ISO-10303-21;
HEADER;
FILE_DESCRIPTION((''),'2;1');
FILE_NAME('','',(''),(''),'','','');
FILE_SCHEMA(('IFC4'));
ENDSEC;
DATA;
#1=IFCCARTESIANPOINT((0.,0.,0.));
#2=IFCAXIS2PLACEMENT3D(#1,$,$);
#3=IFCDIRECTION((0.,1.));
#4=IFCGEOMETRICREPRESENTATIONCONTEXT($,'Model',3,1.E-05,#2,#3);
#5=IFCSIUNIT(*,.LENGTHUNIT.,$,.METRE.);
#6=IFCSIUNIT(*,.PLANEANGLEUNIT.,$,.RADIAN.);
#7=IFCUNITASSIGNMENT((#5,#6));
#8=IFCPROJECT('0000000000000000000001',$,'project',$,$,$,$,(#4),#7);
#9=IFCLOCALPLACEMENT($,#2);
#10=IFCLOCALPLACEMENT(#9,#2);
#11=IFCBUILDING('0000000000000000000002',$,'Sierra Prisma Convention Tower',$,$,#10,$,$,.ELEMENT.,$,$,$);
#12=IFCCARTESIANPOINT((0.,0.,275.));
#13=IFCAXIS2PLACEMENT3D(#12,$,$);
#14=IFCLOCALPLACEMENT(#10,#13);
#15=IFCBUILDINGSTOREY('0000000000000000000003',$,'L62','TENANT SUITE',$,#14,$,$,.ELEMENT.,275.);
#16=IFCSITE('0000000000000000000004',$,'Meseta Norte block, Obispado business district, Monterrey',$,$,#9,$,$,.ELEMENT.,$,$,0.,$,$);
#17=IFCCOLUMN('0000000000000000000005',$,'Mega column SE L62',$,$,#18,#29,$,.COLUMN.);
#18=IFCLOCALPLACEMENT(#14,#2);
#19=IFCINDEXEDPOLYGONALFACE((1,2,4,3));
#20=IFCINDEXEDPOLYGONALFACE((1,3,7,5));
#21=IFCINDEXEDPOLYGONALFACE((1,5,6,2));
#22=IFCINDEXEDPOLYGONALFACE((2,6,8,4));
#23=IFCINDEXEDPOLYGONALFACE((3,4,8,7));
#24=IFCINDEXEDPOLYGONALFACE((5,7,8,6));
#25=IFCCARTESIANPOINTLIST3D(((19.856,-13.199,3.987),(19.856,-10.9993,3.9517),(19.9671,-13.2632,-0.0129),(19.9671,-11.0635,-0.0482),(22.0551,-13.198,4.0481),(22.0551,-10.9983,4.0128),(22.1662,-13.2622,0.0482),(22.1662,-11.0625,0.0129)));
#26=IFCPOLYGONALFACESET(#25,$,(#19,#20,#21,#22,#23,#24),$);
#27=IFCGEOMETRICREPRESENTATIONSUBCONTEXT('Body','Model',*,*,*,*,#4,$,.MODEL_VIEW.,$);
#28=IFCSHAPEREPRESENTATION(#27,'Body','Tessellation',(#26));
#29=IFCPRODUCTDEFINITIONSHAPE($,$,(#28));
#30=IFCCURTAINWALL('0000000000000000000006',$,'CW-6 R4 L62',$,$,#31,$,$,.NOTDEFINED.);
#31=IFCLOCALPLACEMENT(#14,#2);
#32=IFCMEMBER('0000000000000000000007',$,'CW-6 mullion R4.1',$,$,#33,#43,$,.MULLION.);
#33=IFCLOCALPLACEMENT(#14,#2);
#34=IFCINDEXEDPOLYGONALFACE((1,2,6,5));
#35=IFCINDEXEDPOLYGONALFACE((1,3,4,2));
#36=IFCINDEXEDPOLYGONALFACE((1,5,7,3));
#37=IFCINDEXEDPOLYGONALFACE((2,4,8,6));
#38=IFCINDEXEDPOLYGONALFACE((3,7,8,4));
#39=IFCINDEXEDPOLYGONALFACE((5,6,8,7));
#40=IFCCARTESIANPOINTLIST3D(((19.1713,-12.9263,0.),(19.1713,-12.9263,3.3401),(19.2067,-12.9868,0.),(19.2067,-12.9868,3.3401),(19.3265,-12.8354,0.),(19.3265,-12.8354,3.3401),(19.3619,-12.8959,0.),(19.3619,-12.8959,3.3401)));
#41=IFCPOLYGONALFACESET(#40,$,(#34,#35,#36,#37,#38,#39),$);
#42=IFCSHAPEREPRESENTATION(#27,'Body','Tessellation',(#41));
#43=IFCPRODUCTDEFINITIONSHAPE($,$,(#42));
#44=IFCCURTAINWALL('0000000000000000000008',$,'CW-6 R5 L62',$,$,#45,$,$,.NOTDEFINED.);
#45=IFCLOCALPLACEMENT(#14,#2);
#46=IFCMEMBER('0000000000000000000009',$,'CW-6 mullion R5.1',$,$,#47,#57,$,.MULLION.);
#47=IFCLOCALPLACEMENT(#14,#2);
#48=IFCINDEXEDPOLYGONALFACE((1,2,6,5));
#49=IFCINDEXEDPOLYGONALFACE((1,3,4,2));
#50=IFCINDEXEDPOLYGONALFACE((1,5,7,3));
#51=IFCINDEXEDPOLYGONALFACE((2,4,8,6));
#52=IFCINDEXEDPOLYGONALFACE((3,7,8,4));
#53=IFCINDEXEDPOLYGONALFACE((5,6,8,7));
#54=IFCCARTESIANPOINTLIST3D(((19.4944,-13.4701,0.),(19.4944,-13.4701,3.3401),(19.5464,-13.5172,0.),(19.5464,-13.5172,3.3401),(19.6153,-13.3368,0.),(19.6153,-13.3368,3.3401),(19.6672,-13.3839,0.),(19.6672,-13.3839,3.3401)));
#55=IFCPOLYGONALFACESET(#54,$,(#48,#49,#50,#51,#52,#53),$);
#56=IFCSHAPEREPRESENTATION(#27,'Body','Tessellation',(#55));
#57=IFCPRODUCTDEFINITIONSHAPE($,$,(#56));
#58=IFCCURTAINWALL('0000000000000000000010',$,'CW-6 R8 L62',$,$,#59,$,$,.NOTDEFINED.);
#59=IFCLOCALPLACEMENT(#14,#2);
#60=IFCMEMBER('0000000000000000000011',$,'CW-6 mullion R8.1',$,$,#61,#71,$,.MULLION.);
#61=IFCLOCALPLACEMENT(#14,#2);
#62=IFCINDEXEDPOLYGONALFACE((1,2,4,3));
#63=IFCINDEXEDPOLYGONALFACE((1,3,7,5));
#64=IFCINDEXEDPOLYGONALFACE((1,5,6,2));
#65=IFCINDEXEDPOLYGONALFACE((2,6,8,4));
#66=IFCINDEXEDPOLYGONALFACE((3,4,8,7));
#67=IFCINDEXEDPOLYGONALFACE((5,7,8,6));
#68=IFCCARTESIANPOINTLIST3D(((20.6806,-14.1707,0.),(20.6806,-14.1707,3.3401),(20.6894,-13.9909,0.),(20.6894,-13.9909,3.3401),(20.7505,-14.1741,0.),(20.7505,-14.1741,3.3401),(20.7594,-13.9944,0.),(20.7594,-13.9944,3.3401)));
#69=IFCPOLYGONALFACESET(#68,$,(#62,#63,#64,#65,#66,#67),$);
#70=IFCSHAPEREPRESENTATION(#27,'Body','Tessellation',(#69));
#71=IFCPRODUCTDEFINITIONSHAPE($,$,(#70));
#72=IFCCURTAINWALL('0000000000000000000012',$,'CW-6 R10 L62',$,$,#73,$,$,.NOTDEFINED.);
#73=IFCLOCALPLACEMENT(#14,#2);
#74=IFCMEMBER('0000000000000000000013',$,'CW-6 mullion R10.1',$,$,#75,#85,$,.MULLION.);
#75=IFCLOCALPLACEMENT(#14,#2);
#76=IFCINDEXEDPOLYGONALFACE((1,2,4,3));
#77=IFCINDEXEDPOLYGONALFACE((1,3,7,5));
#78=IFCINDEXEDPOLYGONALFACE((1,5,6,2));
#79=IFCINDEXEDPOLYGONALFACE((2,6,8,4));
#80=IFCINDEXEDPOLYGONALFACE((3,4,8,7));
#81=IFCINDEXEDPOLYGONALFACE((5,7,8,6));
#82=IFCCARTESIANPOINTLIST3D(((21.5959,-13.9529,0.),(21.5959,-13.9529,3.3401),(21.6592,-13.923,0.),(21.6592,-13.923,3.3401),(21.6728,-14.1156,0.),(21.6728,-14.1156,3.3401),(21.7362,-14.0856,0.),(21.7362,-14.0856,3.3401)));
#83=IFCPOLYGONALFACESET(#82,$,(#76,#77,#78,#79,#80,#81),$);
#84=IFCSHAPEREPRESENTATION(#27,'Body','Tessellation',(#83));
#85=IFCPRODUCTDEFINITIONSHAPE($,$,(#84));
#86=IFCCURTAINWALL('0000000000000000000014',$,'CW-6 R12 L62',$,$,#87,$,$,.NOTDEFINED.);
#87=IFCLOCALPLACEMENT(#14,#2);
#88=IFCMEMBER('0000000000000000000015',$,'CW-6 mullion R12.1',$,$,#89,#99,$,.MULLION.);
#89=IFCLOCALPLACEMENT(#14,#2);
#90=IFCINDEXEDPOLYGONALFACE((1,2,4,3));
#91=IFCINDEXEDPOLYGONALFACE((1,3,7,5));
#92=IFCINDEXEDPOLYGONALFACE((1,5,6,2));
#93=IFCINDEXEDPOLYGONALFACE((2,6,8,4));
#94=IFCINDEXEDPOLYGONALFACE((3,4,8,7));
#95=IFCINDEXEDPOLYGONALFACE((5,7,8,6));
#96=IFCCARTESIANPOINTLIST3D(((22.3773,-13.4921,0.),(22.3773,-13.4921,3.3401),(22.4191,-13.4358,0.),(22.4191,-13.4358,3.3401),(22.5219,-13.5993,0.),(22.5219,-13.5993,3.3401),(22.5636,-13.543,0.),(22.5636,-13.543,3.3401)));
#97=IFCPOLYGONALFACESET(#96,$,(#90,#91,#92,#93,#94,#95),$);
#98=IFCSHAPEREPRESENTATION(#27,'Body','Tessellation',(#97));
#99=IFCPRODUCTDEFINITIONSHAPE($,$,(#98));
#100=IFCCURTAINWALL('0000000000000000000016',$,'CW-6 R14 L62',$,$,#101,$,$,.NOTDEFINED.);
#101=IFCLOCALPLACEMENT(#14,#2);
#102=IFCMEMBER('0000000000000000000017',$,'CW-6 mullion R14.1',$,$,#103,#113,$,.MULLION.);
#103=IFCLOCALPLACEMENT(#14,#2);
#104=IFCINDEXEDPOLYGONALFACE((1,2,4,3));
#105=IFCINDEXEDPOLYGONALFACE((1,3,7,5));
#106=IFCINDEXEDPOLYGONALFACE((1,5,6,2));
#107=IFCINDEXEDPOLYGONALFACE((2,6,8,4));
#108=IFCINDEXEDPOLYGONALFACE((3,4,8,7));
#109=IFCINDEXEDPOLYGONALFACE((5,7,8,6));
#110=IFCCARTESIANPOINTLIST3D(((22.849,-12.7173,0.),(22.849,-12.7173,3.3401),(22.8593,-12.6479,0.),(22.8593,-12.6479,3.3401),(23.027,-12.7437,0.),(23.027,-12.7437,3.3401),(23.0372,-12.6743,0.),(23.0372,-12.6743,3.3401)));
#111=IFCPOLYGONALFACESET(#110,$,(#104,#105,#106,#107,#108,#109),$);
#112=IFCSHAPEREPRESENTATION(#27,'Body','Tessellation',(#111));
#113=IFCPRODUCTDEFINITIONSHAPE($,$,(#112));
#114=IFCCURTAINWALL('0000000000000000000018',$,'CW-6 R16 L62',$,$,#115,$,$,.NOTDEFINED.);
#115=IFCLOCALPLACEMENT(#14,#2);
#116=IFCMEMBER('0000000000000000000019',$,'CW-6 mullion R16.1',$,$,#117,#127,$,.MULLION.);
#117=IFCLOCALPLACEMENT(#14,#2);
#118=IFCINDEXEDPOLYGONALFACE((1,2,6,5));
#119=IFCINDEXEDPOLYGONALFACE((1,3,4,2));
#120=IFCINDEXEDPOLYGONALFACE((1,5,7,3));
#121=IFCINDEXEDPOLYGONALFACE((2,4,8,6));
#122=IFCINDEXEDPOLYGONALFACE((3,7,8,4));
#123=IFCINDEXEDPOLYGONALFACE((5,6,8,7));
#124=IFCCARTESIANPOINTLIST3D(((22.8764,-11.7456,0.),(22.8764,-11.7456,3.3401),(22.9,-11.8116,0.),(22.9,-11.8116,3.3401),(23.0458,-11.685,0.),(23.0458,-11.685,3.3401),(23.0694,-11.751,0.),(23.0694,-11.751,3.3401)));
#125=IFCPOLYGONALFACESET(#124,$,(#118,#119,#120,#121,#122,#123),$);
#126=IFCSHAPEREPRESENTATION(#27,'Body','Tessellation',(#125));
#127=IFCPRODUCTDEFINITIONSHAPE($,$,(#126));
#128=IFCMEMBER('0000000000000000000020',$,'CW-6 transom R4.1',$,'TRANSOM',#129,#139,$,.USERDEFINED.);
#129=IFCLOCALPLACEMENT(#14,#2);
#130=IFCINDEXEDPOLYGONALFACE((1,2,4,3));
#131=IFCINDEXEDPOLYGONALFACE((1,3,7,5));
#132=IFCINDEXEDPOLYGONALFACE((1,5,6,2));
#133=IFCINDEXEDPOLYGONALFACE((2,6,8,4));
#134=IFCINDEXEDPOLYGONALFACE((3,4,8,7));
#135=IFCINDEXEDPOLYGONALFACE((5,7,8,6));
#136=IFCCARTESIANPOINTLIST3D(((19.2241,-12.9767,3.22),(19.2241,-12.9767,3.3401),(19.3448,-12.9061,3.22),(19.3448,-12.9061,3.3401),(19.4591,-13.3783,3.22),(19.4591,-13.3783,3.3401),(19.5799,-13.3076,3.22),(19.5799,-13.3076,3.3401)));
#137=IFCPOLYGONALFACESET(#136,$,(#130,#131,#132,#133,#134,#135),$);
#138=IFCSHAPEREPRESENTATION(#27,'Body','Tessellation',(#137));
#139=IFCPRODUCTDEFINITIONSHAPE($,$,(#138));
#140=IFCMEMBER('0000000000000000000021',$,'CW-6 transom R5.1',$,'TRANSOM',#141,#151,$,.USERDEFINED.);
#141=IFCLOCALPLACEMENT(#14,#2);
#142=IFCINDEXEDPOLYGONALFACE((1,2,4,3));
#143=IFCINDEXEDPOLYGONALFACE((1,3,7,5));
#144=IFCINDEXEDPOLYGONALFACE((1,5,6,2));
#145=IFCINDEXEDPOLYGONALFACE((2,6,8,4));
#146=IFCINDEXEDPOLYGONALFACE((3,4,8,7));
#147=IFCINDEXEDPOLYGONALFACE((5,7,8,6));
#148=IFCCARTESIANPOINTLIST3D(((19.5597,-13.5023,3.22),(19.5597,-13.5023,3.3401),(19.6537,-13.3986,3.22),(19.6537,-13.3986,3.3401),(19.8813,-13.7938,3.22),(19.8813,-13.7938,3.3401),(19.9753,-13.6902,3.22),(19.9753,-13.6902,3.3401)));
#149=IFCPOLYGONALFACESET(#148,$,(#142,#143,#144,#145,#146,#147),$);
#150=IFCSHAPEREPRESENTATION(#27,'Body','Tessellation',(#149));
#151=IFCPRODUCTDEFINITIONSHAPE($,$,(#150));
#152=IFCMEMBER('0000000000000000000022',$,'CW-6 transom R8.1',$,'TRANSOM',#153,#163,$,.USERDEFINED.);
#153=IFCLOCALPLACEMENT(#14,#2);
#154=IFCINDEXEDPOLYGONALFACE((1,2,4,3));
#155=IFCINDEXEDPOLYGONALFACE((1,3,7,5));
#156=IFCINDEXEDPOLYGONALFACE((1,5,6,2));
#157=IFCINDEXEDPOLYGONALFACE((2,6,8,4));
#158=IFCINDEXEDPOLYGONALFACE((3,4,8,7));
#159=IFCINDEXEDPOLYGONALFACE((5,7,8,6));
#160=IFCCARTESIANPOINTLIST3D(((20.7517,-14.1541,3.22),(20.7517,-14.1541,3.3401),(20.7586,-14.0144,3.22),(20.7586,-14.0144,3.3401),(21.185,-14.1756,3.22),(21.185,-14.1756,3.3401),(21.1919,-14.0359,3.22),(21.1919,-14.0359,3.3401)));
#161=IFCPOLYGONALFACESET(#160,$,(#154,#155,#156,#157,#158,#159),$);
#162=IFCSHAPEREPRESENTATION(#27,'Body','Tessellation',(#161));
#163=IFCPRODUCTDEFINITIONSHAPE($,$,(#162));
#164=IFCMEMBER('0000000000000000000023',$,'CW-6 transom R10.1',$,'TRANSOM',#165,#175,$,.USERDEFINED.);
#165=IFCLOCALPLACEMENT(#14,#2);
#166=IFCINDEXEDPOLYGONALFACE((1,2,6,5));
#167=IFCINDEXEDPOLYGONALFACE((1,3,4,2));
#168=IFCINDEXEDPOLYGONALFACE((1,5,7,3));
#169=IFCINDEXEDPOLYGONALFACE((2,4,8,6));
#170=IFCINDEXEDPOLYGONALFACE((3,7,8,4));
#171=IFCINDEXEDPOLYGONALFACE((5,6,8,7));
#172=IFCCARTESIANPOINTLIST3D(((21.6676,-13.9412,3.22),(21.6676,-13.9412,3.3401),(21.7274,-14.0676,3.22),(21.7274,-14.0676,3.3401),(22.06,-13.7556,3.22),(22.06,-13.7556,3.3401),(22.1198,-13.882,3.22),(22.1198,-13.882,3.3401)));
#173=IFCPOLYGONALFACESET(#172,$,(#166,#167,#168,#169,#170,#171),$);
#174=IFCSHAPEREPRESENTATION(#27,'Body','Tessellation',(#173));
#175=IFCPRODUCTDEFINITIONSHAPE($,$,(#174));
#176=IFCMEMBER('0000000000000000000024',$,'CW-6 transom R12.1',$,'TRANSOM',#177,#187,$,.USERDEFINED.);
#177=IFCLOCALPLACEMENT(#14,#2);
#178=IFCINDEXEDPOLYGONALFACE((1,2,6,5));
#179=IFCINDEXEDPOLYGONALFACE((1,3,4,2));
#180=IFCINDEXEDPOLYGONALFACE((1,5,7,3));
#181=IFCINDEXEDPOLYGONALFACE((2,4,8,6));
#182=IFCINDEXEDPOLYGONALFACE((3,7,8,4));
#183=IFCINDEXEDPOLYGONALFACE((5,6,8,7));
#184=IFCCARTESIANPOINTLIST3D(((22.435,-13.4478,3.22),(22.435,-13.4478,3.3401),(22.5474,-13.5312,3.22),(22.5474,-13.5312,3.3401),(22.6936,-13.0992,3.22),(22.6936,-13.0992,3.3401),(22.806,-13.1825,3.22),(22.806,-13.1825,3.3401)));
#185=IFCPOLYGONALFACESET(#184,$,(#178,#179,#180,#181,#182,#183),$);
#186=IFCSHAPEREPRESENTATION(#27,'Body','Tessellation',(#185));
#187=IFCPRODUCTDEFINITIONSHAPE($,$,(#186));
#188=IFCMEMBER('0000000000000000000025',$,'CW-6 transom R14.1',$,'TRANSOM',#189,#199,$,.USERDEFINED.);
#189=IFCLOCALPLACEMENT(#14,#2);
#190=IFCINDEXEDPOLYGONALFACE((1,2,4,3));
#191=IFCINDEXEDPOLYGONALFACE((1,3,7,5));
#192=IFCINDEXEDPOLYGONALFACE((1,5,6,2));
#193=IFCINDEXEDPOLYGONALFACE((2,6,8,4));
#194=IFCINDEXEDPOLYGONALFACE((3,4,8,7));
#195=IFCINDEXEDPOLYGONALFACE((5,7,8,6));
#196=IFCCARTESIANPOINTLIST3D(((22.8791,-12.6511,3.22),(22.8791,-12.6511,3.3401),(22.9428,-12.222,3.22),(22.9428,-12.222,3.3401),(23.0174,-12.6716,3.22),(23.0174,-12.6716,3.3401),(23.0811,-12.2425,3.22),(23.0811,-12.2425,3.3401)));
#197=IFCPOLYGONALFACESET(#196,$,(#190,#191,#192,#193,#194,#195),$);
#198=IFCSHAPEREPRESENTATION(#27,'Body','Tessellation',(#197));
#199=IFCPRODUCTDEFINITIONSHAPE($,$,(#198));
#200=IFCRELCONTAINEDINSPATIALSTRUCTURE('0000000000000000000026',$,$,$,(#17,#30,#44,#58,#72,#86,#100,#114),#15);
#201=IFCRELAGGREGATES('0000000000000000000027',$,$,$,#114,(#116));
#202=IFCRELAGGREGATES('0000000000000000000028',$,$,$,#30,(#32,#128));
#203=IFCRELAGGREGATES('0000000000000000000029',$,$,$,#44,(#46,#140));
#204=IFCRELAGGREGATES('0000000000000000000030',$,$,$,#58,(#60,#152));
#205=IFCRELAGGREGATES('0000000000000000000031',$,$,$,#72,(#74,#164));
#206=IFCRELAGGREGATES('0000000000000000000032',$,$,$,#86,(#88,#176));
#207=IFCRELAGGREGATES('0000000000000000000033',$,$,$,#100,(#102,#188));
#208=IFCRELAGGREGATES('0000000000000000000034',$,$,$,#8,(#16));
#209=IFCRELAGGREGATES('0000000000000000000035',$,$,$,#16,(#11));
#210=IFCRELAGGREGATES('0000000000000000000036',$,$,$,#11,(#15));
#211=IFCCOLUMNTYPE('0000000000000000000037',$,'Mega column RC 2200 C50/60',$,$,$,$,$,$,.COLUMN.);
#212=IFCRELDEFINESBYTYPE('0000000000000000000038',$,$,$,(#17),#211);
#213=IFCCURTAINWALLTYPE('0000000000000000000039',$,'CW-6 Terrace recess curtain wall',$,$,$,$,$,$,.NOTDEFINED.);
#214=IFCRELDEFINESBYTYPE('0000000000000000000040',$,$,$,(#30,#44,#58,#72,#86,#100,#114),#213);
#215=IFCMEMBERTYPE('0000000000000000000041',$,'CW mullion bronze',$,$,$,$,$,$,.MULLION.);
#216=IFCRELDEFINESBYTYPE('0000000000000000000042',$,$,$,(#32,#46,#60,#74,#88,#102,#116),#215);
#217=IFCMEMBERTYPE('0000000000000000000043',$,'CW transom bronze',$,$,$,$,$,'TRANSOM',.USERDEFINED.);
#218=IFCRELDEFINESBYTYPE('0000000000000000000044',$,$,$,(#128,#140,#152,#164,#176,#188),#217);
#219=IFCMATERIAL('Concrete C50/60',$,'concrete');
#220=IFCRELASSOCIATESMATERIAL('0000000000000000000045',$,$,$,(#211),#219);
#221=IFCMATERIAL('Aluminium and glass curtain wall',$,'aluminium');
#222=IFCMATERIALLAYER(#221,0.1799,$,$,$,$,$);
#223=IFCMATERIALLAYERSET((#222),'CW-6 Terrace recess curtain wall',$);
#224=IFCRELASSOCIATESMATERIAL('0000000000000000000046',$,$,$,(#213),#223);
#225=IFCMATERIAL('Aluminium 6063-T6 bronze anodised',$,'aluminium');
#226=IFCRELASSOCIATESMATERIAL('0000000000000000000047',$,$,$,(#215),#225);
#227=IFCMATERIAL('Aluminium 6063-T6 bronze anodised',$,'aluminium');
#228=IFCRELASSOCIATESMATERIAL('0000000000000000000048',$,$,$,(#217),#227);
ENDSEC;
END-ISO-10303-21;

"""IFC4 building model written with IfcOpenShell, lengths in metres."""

from ifc_helpers import new_model, si_unit, direction, frame, origin, origin_2d, place, context, subcontext, project, spatial, rectangle, extrude, material, layer, layer_set, material_profile, profile_set, type_object, element, aggregate, save


model = new_model("IFC4")

# Units and contexts
model_context = context("Model", 3, precision=1e-05, world=origin(), true_north=direction((0.0, 1.0)))
body_context = subcontext(model_context, "Body", "Model", "MODEL_VIEW")
ifc_project = project(units=[si_unit("LENGTHUNIT", "METRE"), si_unit("PLANEANGLEUNIT", "RADIAN")], contexts=[model_context])

# Site, building, storey
site_placement = place(None, origin())
site = spatial("IfcSite", under=ifc_project, at=site_placement, Name="Meseta Norte block, Obispado business district, Monterrey", CompositionType="ELEMENT", RefElevation=0.0)
building_placement = place(site_placement, origin())
building = spatial("IfcBuilding", under=site, at=building_placement, Name="Sierra Prisma Convention Tower", CompositionType="ELEMENT")
storey_placement = place(building_placement, frame((0.0, 0.0, 275.0)))
storey = spatial("IfcBuildingStorey", under=building, at=storey_placement, Name="L62", Description="TENANT SUITE", CompositionType="ELEMENT", Elevation=275.0)

# Column
ifc_material_1 = material(Name="Concrete C50/60", Category="concrete")
ifc_material_profile_1 = material_profile(ifc_material_1, rectangle(XDim=2.2, YDim=2.2, at=origin_2d()), Name="Mega column RC 2200 C50/60")
ifc_profile_set_1 = profile_set([ifc_material_profile_1], Name="Concrete C50/60")
column_type = type_object("IfcColumnType", Name="Mega column RC 2200 C50/60", PredefinedType="COLUMN", material=ifc_profile_set_1)
column_placement = place(storey_placement, frame((21.0667, -12.1628, 0.0), z_axis=(-0.027757, 0.016044, 0.999486), x_axis=(0.999615, 0.000446, 0.027753)))
element("IfcColumn", 1, at=column_placement, inside=storey, type_object=column_type, Name="Mega column SE L62", PredefinedType="COLUMN", context=body_context, shape_type="SweptSolid", body=[
    extrude(rectangle(XDim=2.2, YDim=2.2, at=origin_2d()), origin(), (0.0, 0.0, 1.0), 4.002),
])

# Curtain walls, members
ifc_material_2 = material(Name="Aluminium and glass curtain wall", Category="aluminium")
ifc_layer_1 = layer(ifc_material_2, 0.1799)
ifc_layer_set_1 = layer_set([ifc_layer_1], Name="CW-6 Terrace recess curtain wall")
curtain_wall_type = type_object("IfcCurtainWallType", Name="CW-6 Terrace recess curtain wall", PredefinedType="NOTDEFINED", material=ifc_layer_set_1)
curtain_wall_1_placement = place(storey_placement, origin())
curtain_wall_1 = element("IfcCurtainWall", 2, at=curtain_wall_1_placement, inside=storey, type_object=curtain_wall_type, Name="CW-6 R4 L62", PredefinedType="NOTDEFINED")
ifc_material_3 = material(Name="Aluminium 6063-T6 bronze anodised", Category="aluminium")
ifc_material_profile_2 = material_profile(ifc_material_3, rectangle(XDim=0.1799, YDim=0.0701, at=origin_2d()), Name="ALU MULLION 70x180")
ifc_profile_set_2 = profile_set([ifc_material_profile_2], Name="Aluminium 6063-T6 bronze anodised")
member_type_1 = type_object("IfcMemberType", Name="CW mullion bronze", PredefinedType="MULLION", material=ifc_profile_set_2)
member_1_placement = place(storey_placement, frame((19.2666, -12.9111, 0.0), z_axis=(0.0, 0.0, 1.0), x_axis=(0.863019, 0.505172, 0.0)))
member_1 = element("IfcMember", 3, at=member_1_placement, type_object=member_type_1, Name="CW-6 mullion R4.1", PredefinedType="MULLION", context=body_context, shape_type="SweptSolid", body=[
    extrude(rectangle(XDim=0.1799, YDim=0.0701, at=origin_2d()), origin(), (0.0, 0.0, 1.0), 3.3401),
])
curtain_wall_2_placement = place(storey_placement, origin())
curtain_wall_2 = element("IfcCurtainWall", 4, at=curtain_wall_2_placement, inside=storey, type_object=curtain_wall_type, Name="CW-6 R5 L62", PredefinedType="NOTDEFINED")
member_2_placement = place(storey_placement, frame((19.5808, -13.427, 0.0), z_axis=(0.0, 0.0, 1.0), x_axis=(0.671559, 0.740951, 0.0)))
member_2 = element("IfcMember", 5, at=member_2_placement, type_object=member_type_1, Name="CW-6 mullion R5.1", PredefinedType="MULLION", context=body_context, shape_type="SweptSolid", body=[
    extrude(rectangle(XDim=0.1799, YDim=0.0701, at=origin_2d()), origin(), (0.0, 0.0, 1.0), 3.3401),
])
curtain_wall_3_placement = place(storey_placement, origin())
curtain_wall_3 = element("IfcCurtainWall", 6, at=curtain_wall_3_placement, inside=storey, type_object=curtain_wall_type, Name="CW-6 R8 L62", PredefinedType="NOTDEFINED")
member_3_placement = place(storey_placement, frame((20.72, -14.0825, 0.0), z_axis=(0.0, 0.0, 1.0), x_axis=(0.049068, 0.998795, 0.0)))
member_3 = element("IfcMember", 7, at=member_3_placement, type_object=member_type_1, Name="CW-6 mullion R8.1", PredefinedType="MULLION", context=body_context, shape_type="SweptSolid", body=[
    extrude(rectangle(XDim=0.1799, YDim=0.0701, at=origin_2d()), origin(), (0.0, 0.0, 1.0), 3.3401),
])
curtain_wall_4_placement = place(storey_placement, origin())
curtain_wall_4 = element("IfcCurtainWall", 8, at=curtain_wall_4_placement, inside=storey, type_object=curtain_wall_type, Name="CW-6 R10 L62", PredefinedType="NOTDEFINED")
member_4_placement = place(storey_placement, frame((21.666, -14.0193, 0.0), z_axis=(0.0, 0.0, 1.0), x_axis=(-0.427555, 0.903989, 0.0)))
member_4 = element("IfcMember", 9, at=member_4_placement, type_object=member_type_1, Name="CW-6 mullion R10.1", PredefinedType="MULLION", context=body_context, shape_type="SweptSolid", body=[
    extrude(rectangle(XDim=0.1799, YDim=0.0701, at=origin_2d()), origin(), (0.0, 0.0, 1.0), 3.3401),
])
curtain_wall_5_placement = place(storey_placement, origin())
curtain_wall_5 = element("IfcCurtainWall", 10, at=curtain_wall_5_placement, inside=storey, type_object=curtain_wall_type, Name="CW-6 R12 L62", PredefinedType="NOTDEFINED")
member_5_placement = place(storey_placement, frame((22.4705, -13.5176, 0.0), z_axis=(0.0, 0.0, 1.0), x_axis=(-0.803208, 0.595699, 0.0)))
member_5 = element("IfcMember", 11, at=member_5_placement, type_object=member_type_1, Name="CW-6 mullion R12.1", PredefinedType="MULLION", context=body_context, shape_type="SweptSolid", body=[
    extrude(rectangle(XDim=0.1799, YDim=0.0701, at=origin_2d()), origin(), (0.0, 0.0, 1.0), 3.3401),
])
curtain_wall_6_placement = place(storey_placement, origin())
curtain_wall_6 = element("IfcCurtainWall", 12, at=curtain_wall_6_placement, inside=storey, type_object=curtain_wall_type, Name="CW-6 R14 L62", PredefinedType="NOTDEFINED")
member_6_placement = place(storey_placement, frame((22.9431, -12.6958, 0.0), z_axis=(0.0, 0.0, 1.0), x_axis=(-0.989177, 0.14673, 0.0)))
member_6 = element("IfcMember", 13, at=member_6_placement, type_object=member_type_1, Name="CW-6 mullion R14.1", PredefinedType="MULLION", context=body_context, shape_type="SweptSolid", body=[
    extrude(rectangle(XDim=0.1799, YDim=0.0701, at=origin_2d()), origin(), (0.0, 0.0, 1.0), 3.3401),
])
curtain_wall_7_placement = place(storey_placement, origin())
curtain_wall_7 = element("IfcCurtainWall", 14, at=curtain_wall_7_placement, inside=storey, type_object=curtain_wall_type, Name="CW-6 R16 L62", PredefinedType="NOTDEFINED")
member_7_placement = place(storey_placement, frame((22.9729, -11.7483, 0.0), z_axis=(0.0, 0.0, 1.0), x_axis=(-0.941544, -0.33689, 0.0)))
member_7 = element("IfcMember", 15, at=member_7_placement, type_object=member_type_1, Name="CW-6 mullion R16.1", PredefinedType="MULLION", context=body_context, shape_type="SweptSolid", body=[
    extrude(rectangle(XDim=0.1799, YDim=0.0701, at=origin_2d()), origin(), (0.0, 0.0, 1.0), 3.3401),
])
aggregate(curtain_wall_7, [member_7])

# Members
ifc_material_4 = material(Name="Aluminium 6063-T6 bronze anodised", Category="aluminium")
ifc_material_profile_3 = material_profile(ifc_material_4, rectangle(XDim=0.1399, YDim=0.1201, at=origin_2d()), Name="ALU TRANSOM 120x140")
ifc_profile_set_3 = profile_set([ifc_material_profile_3], Name="Aluminium 6063-T6 bronze anodised")
member_type_2 = type_object("IfcMemberType", Name="CW transom bronze", ElementType="TRANSOM", PredefinedType="USERDEFINED", material=ifc_profile_set_3)
member_8_placement = place(storey_placement, frame((19.2844, -12.9414, 3.28), z_axis=(0.505208, -0.862998, 0.0), x_axis=(0.862998, 0.505208, 0.0)))
member_8 = element("IfcMember", 16, at=member_8_placement, type_object=member_type_2, Name="CW-6 transom R4.1", ObjectType="TRANSOM", PredefinedType="USERDEFINED", context=body_context, shape_type="SweptSolid", body=[
    extrude(rectangle(XDim=0.1399, YDim=0.1201, at=origin_2d()), origin(), (0.0, 0.0, 1.0), 0.4653),
])
member_9_placement = place(storey_placement, frame((19.6067, -13.4504, 3.28), z_axis=(0.740856, -0.671664, 0.0), x_axis=(0.671664, 0.740856, 0.0)))
member_9 = element("IfcMember", 17, at=member_9_placement, type_object=member_type_2, Name="CW-6 transom R5.1", ObjectType="TRANSOM", PredefinedType="USERDEFINED", context=body_context, shape_type="SweptSolid", body=[
    extrude(rectangle(XDim=0.1399, YDim=0.1201, at=origin_2d()), origin(), (0.0, 0.0, 1.0), 0.4341),
])
member_10_placement = place(storey_placement, frame((20.7551, -14.0842, 3.28), z_axis=(0.998773, -0.049517, 0.0), x_axis=(0.049517, 0.998773, 0.0)))
member_10 = element("IfcMember", 18, at=member_10_placement, type_object=member_type_2, Name="CW-6 transom R8.1", ObjectType="TRANSOM", PredefinedType="USERDEFINED", context=body_context, shape_type="SweptSolid", body=[
    extrude(rectangle(XDim=0.1399, YDim=0.1201, at=origin_2d()), origin(), (0.0, 0.0, 1.0), 0.4338),
])
member_11_placement = place(storey_placement, frame((21.6975, -14.0044, 3.28), z_axis=(0.904001, 0.42753, 0.0), x_axis=(-0.42753, 0.904001, 0.0)))
member_11 = element("IfcMember", 19, at=member_11_placement, type_object=member_type_2, Name="CW-6 transom R10.1", ObjectType="TRANSOM", PredefinedType="USERDEFINED", context=body_context, shape_type="SweptSolid", body=[
    extrude(rectangle(XDim=0.1399, YDim=0.1201, at=origin_2d()), origin(), (0.0, 0.0, 1.0), 0.4341),
])
member_12_placement = place(storey_placement, frame((22.4912, -13.4895, 3.28), z_axis=(0.595671, 0.803228, 0.0), x_axis=(-0.803228, 0.595671, 0.0)))
member_12 = element("IfcMember", 20, at=member_12_placement, type_object=member_type_2, Name="CW-6 transom R12.1", ObjectType="TRANSOM", PredefinedType="USERDEFINED", context=body_context, shape_type="SweptSolid", body=[
    extrude(rectangle(XDim=0.1399, YDim=0.1201, at=origin_2d()), origin(), (0.0, 0.0, 1.0), 0.4341),
])
member_13_placement = place(storey_placement, frame((22.9482, -12.6614, 3.28), z_axis=(0.146855, 0.989158, 0.0), x_axis=(-0.989158, 0.146855, 0.0)))
member_13 = element("IfcMember", 21, at=member_13_placement, type_object=member_type_2, Name="CW-6 transom R14.1", ObjectType="TRANSOM", PredefinedType="USERDEFINED", context=body_context, shape_type="SweptSolid", body=[
    extrude(rectangle(XDim=0.1399, YDim=0.1201, at=origin_2d()), origin(), (0.0, 0.0, 1.0), 0.4338),
])

aggregate(curtain_wall_1, [member_1, member_8])
aggregate(curtain_wall_2, [member_2, member_9])
aggregate(curtain_wall_3, [member_3, member_10])
aggregate(curtain_wall_4, [member_4, member_11])
aggregate(curtain_wall_5, [member_5, member_12])
aggregate(curtain_wall_6, [member_6, member_13])

save(model, "model.ifc")
